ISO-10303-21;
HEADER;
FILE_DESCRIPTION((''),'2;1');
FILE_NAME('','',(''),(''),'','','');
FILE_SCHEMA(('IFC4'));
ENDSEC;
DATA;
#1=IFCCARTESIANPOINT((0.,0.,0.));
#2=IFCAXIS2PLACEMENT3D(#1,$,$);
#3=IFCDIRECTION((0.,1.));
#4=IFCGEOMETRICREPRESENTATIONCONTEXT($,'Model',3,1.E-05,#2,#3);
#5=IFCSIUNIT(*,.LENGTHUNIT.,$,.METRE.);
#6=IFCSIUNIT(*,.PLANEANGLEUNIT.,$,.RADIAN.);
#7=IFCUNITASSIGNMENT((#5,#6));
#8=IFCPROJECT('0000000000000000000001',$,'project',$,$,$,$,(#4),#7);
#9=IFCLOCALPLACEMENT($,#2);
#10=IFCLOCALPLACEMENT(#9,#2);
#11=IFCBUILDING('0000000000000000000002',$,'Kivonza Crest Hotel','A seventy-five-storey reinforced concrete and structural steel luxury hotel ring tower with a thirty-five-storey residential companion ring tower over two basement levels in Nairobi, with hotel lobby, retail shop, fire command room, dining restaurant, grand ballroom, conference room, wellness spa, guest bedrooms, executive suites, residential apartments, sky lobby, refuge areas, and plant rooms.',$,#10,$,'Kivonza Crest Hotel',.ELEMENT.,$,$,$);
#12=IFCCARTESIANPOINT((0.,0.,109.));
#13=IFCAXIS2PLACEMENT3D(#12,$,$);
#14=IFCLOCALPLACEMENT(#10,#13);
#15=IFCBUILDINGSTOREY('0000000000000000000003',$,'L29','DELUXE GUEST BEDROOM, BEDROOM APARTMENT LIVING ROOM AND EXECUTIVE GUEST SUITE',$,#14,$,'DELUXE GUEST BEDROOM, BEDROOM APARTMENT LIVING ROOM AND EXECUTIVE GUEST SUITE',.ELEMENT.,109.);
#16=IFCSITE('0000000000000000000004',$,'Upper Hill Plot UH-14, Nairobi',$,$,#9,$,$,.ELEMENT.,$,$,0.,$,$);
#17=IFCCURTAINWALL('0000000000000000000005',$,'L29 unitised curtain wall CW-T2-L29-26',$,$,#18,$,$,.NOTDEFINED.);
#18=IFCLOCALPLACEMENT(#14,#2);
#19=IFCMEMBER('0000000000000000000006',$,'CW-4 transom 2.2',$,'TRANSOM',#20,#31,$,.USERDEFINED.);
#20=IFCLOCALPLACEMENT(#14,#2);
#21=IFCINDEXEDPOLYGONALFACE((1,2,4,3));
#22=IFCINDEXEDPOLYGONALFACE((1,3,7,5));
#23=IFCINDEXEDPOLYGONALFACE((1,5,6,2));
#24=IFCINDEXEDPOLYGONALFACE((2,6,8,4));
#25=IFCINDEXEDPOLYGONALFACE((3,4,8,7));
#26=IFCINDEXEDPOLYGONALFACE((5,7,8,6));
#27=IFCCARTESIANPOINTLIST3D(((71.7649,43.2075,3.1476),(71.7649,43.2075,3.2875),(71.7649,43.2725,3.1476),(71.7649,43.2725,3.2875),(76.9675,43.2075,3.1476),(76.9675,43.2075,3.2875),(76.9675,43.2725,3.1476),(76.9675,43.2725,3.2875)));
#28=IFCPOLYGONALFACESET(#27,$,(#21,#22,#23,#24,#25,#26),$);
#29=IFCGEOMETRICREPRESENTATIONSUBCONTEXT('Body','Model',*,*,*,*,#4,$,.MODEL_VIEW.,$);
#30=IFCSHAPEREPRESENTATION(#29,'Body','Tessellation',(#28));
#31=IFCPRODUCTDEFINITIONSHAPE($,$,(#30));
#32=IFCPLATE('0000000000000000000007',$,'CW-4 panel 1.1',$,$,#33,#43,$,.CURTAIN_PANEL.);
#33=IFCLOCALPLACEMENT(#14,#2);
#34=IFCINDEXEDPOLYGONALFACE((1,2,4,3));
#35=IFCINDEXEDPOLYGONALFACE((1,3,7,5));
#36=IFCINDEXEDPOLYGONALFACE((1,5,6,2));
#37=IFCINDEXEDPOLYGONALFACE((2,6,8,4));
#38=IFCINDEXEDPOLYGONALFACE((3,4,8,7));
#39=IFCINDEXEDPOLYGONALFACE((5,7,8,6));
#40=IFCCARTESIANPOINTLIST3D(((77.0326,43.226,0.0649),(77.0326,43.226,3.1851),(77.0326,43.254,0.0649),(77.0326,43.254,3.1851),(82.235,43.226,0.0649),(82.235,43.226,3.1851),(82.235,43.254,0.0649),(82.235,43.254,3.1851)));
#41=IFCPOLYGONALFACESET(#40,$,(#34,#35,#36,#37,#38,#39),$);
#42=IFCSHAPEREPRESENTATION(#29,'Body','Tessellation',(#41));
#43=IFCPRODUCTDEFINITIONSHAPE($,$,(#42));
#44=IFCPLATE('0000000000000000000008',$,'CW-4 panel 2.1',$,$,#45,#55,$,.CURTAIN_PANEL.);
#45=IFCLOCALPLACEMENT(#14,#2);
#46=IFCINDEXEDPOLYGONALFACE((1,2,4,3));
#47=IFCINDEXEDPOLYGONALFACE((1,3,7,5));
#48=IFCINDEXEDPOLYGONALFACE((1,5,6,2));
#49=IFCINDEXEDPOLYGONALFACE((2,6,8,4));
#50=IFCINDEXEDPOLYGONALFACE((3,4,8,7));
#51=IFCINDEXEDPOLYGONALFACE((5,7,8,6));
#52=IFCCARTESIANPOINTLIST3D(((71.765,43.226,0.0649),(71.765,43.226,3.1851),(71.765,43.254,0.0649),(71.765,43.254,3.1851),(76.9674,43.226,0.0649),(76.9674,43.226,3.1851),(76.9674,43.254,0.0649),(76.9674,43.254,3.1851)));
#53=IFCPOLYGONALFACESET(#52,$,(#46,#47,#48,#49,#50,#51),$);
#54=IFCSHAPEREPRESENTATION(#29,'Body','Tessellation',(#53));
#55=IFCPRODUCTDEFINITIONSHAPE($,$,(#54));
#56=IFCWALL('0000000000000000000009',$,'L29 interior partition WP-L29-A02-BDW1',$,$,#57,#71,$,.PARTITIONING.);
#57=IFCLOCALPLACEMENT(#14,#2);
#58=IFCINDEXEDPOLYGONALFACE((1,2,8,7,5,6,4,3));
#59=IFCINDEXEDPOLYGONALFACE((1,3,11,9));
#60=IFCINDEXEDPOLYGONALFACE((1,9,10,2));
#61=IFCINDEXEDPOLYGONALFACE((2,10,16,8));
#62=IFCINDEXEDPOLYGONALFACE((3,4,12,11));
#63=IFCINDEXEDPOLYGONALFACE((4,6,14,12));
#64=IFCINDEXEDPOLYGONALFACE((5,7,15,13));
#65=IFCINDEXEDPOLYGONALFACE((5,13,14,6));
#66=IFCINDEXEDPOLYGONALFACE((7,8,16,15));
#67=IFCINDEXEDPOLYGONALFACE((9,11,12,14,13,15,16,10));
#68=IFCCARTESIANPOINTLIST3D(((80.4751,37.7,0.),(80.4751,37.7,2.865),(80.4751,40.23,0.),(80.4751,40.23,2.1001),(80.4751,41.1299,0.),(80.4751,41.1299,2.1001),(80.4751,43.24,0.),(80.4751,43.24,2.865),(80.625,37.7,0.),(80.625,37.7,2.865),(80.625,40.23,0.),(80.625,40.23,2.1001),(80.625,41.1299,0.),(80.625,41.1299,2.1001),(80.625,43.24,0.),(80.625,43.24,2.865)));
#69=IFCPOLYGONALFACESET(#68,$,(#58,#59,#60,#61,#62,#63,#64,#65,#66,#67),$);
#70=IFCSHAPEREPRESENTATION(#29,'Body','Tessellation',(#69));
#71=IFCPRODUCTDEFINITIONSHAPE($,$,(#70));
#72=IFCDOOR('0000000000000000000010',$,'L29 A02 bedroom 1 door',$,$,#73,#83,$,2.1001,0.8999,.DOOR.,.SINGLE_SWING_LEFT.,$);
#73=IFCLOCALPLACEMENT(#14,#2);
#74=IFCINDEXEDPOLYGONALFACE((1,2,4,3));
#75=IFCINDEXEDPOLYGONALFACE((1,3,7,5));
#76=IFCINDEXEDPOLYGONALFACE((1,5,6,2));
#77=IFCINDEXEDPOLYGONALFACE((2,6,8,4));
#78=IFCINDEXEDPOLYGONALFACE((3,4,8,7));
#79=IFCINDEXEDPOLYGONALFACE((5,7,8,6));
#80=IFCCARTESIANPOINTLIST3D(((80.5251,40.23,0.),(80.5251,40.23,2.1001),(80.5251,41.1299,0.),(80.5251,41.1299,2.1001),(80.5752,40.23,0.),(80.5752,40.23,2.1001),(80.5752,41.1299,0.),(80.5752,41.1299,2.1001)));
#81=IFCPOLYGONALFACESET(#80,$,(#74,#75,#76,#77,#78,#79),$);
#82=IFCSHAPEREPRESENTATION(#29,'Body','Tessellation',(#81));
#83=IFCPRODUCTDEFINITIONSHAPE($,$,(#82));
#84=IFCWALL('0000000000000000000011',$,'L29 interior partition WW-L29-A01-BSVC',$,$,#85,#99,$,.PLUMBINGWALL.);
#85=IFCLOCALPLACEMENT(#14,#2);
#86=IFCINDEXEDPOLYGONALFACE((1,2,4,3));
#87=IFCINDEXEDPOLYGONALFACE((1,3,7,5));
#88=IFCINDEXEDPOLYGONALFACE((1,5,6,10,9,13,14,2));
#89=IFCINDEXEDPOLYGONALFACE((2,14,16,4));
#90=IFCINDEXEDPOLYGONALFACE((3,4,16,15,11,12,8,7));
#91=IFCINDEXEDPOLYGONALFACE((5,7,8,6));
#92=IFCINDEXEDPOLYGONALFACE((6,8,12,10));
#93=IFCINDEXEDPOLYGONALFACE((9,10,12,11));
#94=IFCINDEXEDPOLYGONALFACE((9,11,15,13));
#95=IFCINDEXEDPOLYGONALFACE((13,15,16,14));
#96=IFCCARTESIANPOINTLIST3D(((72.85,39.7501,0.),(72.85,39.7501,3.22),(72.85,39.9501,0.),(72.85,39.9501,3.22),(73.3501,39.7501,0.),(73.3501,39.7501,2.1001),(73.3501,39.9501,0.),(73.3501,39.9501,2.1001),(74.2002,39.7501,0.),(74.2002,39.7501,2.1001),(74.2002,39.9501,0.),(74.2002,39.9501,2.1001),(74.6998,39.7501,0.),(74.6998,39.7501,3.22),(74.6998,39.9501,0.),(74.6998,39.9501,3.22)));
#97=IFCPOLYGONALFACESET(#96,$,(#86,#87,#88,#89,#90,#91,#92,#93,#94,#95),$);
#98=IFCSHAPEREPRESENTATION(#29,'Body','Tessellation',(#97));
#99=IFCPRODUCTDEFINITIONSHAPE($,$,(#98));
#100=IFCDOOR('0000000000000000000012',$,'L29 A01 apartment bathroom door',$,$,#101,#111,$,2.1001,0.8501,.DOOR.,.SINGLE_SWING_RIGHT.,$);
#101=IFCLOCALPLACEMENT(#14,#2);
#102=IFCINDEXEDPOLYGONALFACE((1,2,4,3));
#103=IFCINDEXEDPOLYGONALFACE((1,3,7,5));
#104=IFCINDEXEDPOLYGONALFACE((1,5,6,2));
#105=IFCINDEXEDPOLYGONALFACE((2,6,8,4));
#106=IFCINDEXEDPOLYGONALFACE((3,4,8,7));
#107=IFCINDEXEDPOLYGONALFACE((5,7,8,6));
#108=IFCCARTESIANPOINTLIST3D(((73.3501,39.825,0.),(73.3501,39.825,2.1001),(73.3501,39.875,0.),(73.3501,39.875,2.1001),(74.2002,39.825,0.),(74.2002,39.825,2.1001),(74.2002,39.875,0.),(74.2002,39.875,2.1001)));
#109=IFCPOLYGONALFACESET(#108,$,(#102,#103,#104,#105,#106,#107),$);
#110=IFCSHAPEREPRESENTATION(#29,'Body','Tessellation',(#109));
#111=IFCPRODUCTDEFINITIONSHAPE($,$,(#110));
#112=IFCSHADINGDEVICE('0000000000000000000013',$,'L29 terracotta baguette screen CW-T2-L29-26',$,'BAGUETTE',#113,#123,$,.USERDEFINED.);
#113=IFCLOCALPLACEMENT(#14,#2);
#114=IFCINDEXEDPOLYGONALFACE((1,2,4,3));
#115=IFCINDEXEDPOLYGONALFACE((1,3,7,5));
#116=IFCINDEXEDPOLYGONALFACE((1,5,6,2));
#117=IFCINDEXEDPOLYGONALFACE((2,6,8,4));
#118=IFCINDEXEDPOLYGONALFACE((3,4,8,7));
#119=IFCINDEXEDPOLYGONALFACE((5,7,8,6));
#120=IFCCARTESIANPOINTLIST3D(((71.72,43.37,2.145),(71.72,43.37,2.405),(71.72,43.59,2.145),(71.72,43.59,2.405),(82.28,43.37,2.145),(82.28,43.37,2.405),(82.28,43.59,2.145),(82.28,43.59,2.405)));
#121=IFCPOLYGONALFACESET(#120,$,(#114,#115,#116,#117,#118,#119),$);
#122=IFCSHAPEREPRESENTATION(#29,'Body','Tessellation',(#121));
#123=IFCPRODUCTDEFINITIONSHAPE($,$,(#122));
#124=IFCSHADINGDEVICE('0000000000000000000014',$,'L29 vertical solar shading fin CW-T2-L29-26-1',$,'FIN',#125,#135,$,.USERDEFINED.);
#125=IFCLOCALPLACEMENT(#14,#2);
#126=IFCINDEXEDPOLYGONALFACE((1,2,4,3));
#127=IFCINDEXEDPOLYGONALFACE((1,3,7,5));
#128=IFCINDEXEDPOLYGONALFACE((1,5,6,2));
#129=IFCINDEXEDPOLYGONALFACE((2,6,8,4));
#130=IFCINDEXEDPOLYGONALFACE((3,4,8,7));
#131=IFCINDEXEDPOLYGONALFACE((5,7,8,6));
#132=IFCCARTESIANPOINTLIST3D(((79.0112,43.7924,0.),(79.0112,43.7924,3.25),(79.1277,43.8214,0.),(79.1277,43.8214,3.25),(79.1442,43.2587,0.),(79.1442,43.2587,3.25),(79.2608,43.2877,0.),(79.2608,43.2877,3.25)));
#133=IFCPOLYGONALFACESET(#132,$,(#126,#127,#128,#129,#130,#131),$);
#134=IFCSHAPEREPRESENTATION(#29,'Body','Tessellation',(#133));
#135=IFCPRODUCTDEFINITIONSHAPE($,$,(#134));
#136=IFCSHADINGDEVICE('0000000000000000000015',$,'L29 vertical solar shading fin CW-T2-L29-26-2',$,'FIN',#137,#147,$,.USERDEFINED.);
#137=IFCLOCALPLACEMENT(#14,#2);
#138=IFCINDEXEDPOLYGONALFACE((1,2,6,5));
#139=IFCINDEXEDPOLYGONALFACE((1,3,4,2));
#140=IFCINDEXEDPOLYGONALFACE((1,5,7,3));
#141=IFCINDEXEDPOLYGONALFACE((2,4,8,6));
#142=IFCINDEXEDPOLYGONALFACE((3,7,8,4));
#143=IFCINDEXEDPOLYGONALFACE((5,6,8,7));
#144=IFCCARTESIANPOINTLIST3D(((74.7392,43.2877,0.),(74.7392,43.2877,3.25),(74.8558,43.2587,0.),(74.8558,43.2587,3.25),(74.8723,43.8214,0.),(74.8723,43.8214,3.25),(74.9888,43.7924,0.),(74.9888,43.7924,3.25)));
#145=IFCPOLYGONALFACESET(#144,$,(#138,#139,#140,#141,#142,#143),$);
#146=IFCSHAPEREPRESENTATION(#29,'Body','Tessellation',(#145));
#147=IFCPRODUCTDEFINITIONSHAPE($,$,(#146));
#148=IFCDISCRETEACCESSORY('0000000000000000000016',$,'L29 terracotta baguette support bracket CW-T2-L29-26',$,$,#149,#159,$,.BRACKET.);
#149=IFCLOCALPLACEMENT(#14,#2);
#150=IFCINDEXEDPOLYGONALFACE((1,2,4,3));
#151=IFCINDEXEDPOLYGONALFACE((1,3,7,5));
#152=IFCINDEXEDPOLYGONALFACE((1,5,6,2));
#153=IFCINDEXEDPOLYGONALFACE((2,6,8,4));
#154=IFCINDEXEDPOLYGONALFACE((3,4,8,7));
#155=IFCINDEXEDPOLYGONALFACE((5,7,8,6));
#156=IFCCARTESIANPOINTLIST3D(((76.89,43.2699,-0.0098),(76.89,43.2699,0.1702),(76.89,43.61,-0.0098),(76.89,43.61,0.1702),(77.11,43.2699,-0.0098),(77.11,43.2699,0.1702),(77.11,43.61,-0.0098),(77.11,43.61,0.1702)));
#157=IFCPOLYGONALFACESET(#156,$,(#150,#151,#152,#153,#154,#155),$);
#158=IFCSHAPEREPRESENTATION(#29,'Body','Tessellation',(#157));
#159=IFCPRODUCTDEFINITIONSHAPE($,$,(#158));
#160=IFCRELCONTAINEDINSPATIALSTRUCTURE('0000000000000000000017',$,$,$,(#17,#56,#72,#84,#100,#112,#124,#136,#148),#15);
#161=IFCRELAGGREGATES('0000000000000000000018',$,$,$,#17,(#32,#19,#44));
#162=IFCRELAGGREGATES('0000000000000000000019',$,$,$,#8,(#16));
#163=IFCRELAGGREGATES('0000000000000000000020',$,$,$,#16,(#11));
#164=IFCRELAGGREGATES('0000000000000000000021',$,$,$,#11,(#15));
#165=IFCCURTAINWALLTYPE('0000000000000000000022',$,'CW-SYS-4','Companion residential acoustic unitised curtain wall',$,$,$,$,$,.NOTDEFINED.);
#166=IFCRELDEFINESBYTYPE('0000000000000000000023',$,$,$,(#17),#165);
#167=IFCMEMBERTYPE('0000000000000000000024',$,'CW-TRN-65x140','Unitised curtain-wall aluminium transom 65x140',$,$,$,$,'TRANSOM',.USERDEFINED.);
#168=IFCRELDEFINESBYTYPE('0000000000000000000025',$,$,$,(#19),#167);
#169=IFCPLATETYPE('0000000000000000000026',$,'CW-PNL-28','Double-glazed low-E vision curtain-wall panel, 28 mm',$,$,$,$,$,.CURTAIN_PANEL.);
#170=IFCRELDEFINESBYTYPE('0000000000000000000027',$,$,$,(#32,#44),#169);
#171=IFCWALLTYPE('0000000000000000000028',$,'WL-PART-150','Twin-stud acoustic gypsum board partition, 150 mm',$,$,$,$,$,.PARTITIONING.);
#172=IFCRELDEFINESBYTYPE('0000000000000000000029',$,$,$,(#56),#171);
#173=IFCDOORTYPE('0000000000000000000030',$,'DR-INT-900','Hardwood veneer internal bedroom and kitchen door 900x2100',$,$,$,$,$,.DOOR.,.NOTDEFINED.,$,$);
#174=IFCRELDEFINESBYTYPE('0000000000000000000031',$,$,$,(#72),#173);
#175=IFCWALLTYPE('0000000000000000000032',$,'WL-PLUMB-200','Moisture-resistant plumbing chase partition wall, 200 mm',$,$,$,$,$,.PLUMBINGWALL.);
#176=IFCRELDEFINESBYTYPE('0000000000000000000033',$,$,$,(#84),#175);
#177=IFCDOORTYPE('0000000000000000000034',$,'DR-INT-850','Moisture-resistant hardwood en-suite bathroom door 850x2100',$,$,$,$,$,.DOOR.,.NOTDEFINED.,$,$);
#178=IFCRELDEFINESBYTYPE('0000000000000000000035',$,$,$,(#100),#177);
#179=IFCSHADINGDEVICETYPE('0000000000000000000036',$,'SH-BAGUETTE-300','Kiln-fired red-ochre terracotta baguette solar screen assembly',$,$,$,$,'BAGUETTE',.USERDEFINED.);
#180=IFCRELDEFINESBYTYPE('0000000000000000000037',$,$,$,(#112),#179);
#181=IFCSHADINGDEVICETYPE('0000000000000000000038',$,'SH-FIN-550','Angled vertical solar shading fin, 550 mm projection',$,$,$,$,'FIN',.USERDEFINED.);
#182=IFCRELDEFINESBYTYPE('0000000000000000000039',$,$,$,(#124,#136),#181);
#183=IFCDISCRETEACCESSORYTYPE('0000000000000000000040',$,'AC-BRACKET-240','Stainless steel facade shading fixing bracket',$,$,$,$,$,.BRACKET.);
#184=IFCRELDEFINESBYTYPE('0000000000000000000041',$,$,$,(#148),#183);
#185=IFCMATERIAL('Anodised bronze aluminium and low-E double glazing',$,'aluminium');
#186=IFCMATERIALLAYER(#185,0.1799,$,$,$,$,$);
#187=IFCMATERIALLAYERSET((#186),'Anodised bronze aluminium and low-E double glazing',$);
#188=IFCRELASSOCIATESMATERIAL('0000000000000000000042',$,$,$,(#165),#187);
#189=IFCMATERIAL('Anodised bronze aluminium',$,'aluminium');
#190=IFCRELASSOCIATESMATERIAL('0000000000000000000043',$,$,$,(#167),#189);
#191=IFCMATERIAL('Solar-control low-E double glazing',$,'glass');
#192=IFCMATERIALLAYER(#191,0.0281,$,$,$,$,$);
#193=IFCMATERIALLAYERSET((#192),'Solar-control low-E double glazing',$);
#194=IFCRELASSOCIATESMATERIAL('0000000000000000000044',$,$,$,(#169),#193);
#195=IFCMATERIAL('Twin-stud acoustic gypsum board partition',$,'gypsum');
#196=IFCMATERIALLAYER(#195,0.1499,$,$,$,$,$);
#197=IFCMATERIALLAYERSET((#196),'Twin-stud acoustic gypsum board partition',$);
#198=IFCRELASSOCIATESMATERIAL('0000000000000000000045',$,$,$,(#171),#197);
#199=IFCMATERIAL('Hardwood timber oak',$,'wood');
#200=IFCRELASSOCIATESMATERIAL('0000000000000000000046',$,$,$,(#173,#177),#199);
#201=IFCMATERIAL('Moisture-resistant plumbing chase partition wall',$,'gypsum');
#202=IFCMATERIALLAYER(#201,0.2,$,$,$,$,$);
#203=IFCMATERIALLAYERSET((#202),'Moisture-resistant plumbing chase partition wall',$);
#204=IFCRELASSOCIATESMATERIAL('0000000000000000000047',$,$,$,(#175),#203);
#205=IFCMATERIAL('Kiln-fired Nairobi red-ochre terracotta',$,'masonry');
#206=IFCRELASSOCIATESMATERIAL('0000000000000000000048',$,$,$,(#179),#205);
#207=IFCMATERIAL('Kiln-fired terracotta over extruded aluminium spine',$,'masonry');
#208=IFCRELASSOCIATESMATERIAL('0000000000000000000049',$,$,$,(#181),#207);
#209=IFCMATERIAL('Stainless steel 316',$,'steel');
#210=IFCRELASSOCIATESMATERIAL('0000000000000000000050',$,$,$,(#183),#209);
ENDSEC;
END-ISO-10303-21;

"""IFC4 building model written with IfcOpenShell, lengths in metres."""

from ifc_helpers import new_model, si_unit, direction, frame, frame_2d, origin, origin_2d, place, context, subcontext, project, spatial, rectangle, extrude, material, layer, layer_set, material_profile, profile_set, type_object, element, fill, aggregate, save


model = new_model("IFC4")

# Units and contexts
model_context = context("Model", 3, precision=1e-05, world=origin(), true_north=direction((0.0, 1.0)))
body_context = subcontext(model_context, "Body", "Model", "MODEL_VIEW")
ifc_project = project(units=[si_unit("LENGTHUNIT", "METRE"), si_unit("PLANEANGLEUNIT", "RADIAN")], contexts=[model_context])

# Site, building, storey
site_placement = place(None, origin())
site = spatial("IfcSite", under=ifc_project, at=site_placement, Name="Upper Hill Plot UH-14, Nairobi", CompositionType="ELEMENT", RefElevation=0.0)
building_placement = place(site_placement, origin())
building = spatial("IfcBuilding", under=site, at=building_placement, Name="Kivonza Crest Hotel", Description="A seventy-five-storey reinforced concrete and structural steel luxury hotel ring tower with a thirty-five-storey residential companion ring tower over two basement levels in Nairobi, with hotel lobby, retail shop, fire command room, dining restaurant, grand ballroom, conference room, wellness spa, guest bedrooms, executive suites, residential apartments, sky lobby, refuge areas, and plant rooms.", LongName="Kivonza Crest Hotel", CompositionType="ELEMENT")
storey_placement = place(building_placement, frame((0.0, 0.0, 109.0)))
storey = spatial("IfcBuildingStorey", under=building, at=storey_placement, Name="L29", Description="DELUXE GUEST BEDROOM, BEDROOM APARTMENT LIVING ROOM AND EXECUTIVE GUEST SUITE", LongName="DELUXE GUEST BEDROOM, BEDROOM APARTMENT LIVING ROOM AND EXECUTIVE GUEST SUITE", CompositionType="ELEMENT", Elevation=109.0)

# Curtain wall, member, plates
ifc_material_1 = material(Name="Anodised bronze aluminium and low-E double glazing", Category="aluminium")
ifc_layer_1 = layer(ifc_material_1, 0.1799)
ifc_layer_set_1 = layer_set([ifc_layer_1], Name="Anodised bronze aluminium and low-E double glazing")
curtain_wall_type = type_object("IfcCurtainWallType", Name="CW-SYS-4", Description="Companion residential acoustic unitised curtain wall", PredefinedType="NOTDEFINED", material=ifc_layer_set_1)
curtain_wall_placement = place(storey_placement, origin())
curtain_wall = element("IfcCurtainWall", 1, at=curtain_wall_placement, inside=storey, type_object=curtain_wall_type, Name="L29 unitised curtain wall CW-T2-L29-26", PredefinedType="NOTDEFINED")
ifc_material_2 = material(Name="Anodised bronze aluminium", Category="aluminium")
ifc_material_profile_1 = material_profile(ifc_material_2, rectangle(XDim=0.0649, YDim=0.1399, at=origin_2d()), Name="CW-T 65x140")
ifc_profile_set_1 = profile_set([ifc_material_profile_1], Name="Anodised bronze aluminium")
member_type_1 = type_object("IfcMemberType", Name="CW-TRN-65x140", Description="Unitised curtain-wall aluminium transom 65x140", ElementType="TRANSOM", PredefinedType="USERDEFINED", material=ifc_profile_set_1)
member_1_placement = place(storey_placement, frame((76.9675, 43.24, 3.2175), z_axis=(-1.0, 0.0, 0.0), x_axis=(0.0, -1.0, 0.0)))
member_1 = element("IfcMember", 2, at=member_1_placement, type_object=member_type_1, Name="CW-4 transom 2.2", ObjectType="TRANSOM", PredefinedType="USERDEFINED", context=body_context, shape_type="SweptSolid", body=[
    extrude(rectangle(XDim=0.0649, YDim=0.1399, at=origin_2d()), origin(), (0.0, 0.0, 1.0), 5.2026),
])
ifc_material_3 = material(Name="Solar-control low-E double glazing", Category="glass")
ifc_layer_2 = layer(ifc_material_3, 0.0281)
ifc_layer_set_2 = layer_set([ifc_layer_2], Name="Solar-control low-E double glazing")
plate_type = type_object("IfcPlateType", Name="CW-PNL-28", Description="Double-glazed low-E vision curtain-wall panel, 28 mm", PredefinedType="CURTAIN_PANEL", material=ifc_layer_set_2)
plate_1_placement = place(storey_placement, frame((79.6338, 43.24, 0.0649), z_axis=(0.0, 0.0, 1.0), x_axis=(-1.0, 0.0, 0.0)))
plate_1 = element("IfcPlate", 3, at=plate_1_placement, type_object=plate_type, Name="CW-4 panel 1.1", PredefinedType="CURTAIN_PANEL", context=body_context, shape_type="SweptSolid", body=[
    extrude(rectangle(XDim=5.2024, YDim=0.0281, at=origin_2d()), origin(), (0.0, 0.0, 1.0), 3.1201),
])
plate_2_placement = place(storey_placement, frame((74.3662, 43.24, 0.0649), z_axis=(0.0, 0.0, 1.0), x_axis=(-1.0, 0.0, 0.0)))
plate_2 = element("IfcPlate", 4, at=plate_2_placement, type_object=plate_type, Name="CW-4 panel 2.1", PredefinedType="CURTAIN_PANEL", context=body_context, shape_type="SweptSolid", body=[
    extrude(rectangle(XDim=5.2024, YDim=0.0281, at=origin_2d()), origin(), (0.0, 0.0, 1.0), 3.1201),
])
aggregate(curtain_wall, [plate_1, member_1, plate_2])

# Walls, openings, doors
ifc_material_4 = material(Name="Twin-stud acoustic gypsum board partition", Category="gypsum")
ifc_layer_3 = layer(ifc_material_4, 0.1499)
ifc_layer_set_3 = layer_set([ifc_layer_3], Name="Twin-stud acoustic gypsum board partition")
wall_type_1 = type_object("IfcWallType", Name="WL-PART-150", Description="Twin-stud acoustic gypsum board partition, 150 mm", PredefinedType="PARTITIONING", material=ifc_layer_set_3)
wall_1_placement = place(storey_placement, frame((80.55, 37.7, 0.0), z_axis=(0.0, 0.0, 1.0), x_axis=(0.0, 1.0, 0.0)))
wall_1 = element("IfcWall", 5, at=wall_1_placement, inside=storey, type_object=wall_type_1, Name="L29 interior partition WP-L29-A02-BDW1", PredefinedType="PARTITIONING", context=body_context, shape_type="SweptSolid", body=[
    extrude(rectangle(XDim=5.54, YDim=0.1499, at=frame_2d((2.77, 0.0))), origin(), (0.0, 0.0, 1.0), 2.865),
])
opening_1_placement = place(wall_1_placement, frame((2.53, 0.0, 0.0)))
opening_1 = element("IfcOpeningElement", 6, at=opening_1_placement, cuts=wall_1, PredefinedType="OPENING", context=body_context, shape_type="SweptSolid", body=[
    extrude(rectangle(XDim=0.8999, YDim=2.1001, at=frame_2d((0.45, 1.05))), frame((0.0, 0.085, 0.0), z_axis=(0.0, -1.0, 0.0), x_axis=(1.0, 0.0, 0.0)), (0.0, 0.0, 1.0), 0.1699),
])
ifc_material_5 = material(Name="Hardwood timber oak", Category="wood")
door_type_1 = type_object("IfcDoorType", Name="DR-INT-900", Description="Hardwood veneer internal bedroom and kitchen door 900x2100", OperationType="NOTDEFINED", PredefinedType="DOOR", material=ifc_material_5)
door_1_placement = place(opening_1_placement, origin())
door_1 = element("IfcDoor", 7, at=door_1_placement, inside=storey, type_object=door_type_1, Name="L29 A02 bedroom 1 door", OperationType="SINGLE_SWING_LEFT", OverallHeight=2.1001, OverallWidth=0.8999, PredefinedType="DOOR", context=body_context, shape_type="SweptSolid", body=[
    extrude(rectangle(XDim=0.8999, YDim=2.1001, at=frame_2d((0.45, 1.05))), frame((0.0, 0.0249, 0.0), z_axis=(0.0, -1.0, 0.0), x_axis=(1.0, 0.0, 0.0)), (0.0, 0.0, 1.0), 0.05),
])
fill(opening_1, door_1)
ifc_material_6 = material(Name="Moisture-resistant plumbing chase partition wall", Category="gypsum")
ifc_layer_4 = layer(ifc_material_6, 0.2)
ifc_layer_set_4 = layer_set([ifc_layer_4], Name="Moisture-resistant plumbing chase partition wall")
wall_type_2 = type_object("IfcWallType", Name="WL-PLUMB-200", Description="Moisture-resistant plumbing chase partition wall, 200 mm", PredefinedType="PLUMBINGWALL", material=ifc_layer_set_4)
wall_2_placement = place(storey_placement, frame((72.8501, 39.8501, 0.0), z_axis=(0.0, 0.0, 1.0), x_axis=(1.0, 0.0, 0.0)))
wall_2 = element("IfcWall", 8, at=wall_2_placement, inside=storey, type_object=wall_type_2, Name="L29 interior partition WW-L29-A01-BSVC", PredefinedType="PLUMBINGWALL", context=body_context, shape_type="SweptSolid", body=[
    extrude(rectangle(XDim=1.8499, YDim=0.2, at=frame_2d((0.9248, 0.0))), origin(), (0.0, 0.0, 1.0), 3.22),
])
opening_2_placement = place(wall_2_placement, frame((0.5, 0.0, 0.0)))
opening_2 = element("IfcOpeningElement", 9, at=opening_2_placement, cuts=wall_2, PredefinedType="OPENING", context=body_context, shape_type="SweptSolid", body=[
    extrude(rectangle(XDim=0.8501, YDim=2.1001, at=frame_2d((0.425, 1.05))), frame((0.0, 0.1099, 0.0), z_axis=(0.0, -1.0, 0.0), x_axis=(1.0, 0.0, 0.0)), (0.0, 0.0, 1.0), 0.22),
])
door_type_2 = type_object("IfcDoorType", Name="DR-INT-850", Description="Moisture-resistant hardwood en-suite bathroom door 850x2100", OperationType="NOTDEFINED", PredefinedType="DOOR", material=ifc_material_5)
door_2_placement = place(opening_2_placement, origin())
door_2 = element("IfcDoor", 10, at=door_2_placement, inside=storey, type_object=door_type_2, Name="L29 A01 apartment bathroom door", OperationType="SINGLE_SWING_RIGHT", OverallHeight=2.1001, OverallWidth=0.8501, PredefinedType="DOOR", context=body_context, shape_type="SweptSolid", body=[
    extrude(rectangle(XDim=0.8501, YDim=2.1001, at=frame_2d((0.425, 1.05))), frame((0.0, 0.0249, 0.0), z_axis=(0.0, -1.0, 0.0), x_axis=(1.0, 0.0, 0.0)), (0.0, 0.0, 1.0), 0.05),
])
fill(opening_2, door_2)

# Shading devices
ifc_material_7 = material(Name="Kiln-fired Nairobi red-ochre terracotta", Category="masonry")
shading_device_type_1 = type_object("IfcShadingDeviceType", Name="SH-BAGUETTE-300", Description="Kiln-fired red-ochre terracotta baguette solar screen assembly", ElementType="BAGUETTE", PredefinedType="USERDEFINED", material=ifc_material_7)
shading_device_placement = place(storey_placement, frame((77.0, 43.48, 2.145), z_axis=(0.0, 0.0, 1.0), x_axis=(-1.0, 0.0, 0.0)))
element("IfcShadingDevice", 11, at=shading_device_placement, inside=storey, type_object=shading_device_type_1, Name="L29 terracotta baguette screen CW-T2-L29-26", ObjectType="BAGUETTE", PredefinedType="USERDEFINED", context=body_context, shape_type="SweptSolid", body=[
    extrude(rectangle(XDim=10.5601, YDim=0.22, at=origin_2d()), origin(), (0.0, 0.0, 1.0), 0.26),
])
ifc_material_8 = material(Name="Kiln-fired terracotta over extruded aluminium spine", Category="masonry")
shading_device_type_2 = type_object("IfcShadingDeviceType", Name="SH-FIN-550", Description="Angled vertical solar shading fin, 550 mm projection", ElementType="FIN", PredefinedType="USERDEFINED", material=ifc_material_8)
for number, where, z_axis, x_axis, name in (
    (12, (79.136, 43.54, 0.0), (0.0, 0.0, 1.0), (-0.970296, -0.241922, 0.0), "L29 vertical solar shading fin CW-T2-L29-26-1"),
    (13, (74.864, 43.54, 0.0), (0.0, 0.0, 1.0), (-0.970296, 0.241922, 0.0), "L29 vertical solar shading fin CW-T2-L29-26-2"),
):
    element("IfcShadingDevice", number, at=place(storey_placement, frame(where, z_axis=z_axis, x_axis=x_axis)), inside=storey, type_object=shading_device_type_2, Name=name, ObjectType="FIN", PredefinedType="USERDEFINED", context=body_context, shape_type="SweptSolid", body=[
        extrude(rectangle(XDim=0.1201, YDim=0.55, at=origin_2d()), origin(), (0.0, 0.0, 1.0), 3.25),
    ])

# Discrete accessory
ifc_material_9 = material(Name="Stainless steel 316", Category="steel")
discrete_accessory_type = type_object("IfcDiscreteAccessoryType", Name="AC-BRACKET-240", Description="Stainless steel facade shading fixing bracket", PredefinedType="BRACKET", material=ifc_material_9)
discrete_accessory_placement = place(storey_placement, frame((77.0, 43.4399, -0.0098), z_axis=(0.0, 0.0, 1.0), x_axis=(-1.0, 0.0, 0.0)))
element("IfcDiscreteAccessory", 14, at=discrete_accessory_placement, inside=storey, type_object=discrete_accessory_type, Name="L29 terracotta baguette support bracket CW-T2-L29-26", PredefinedType="BRACKET", context=body_context, shape_type="SweptSolid", body=[
    extrude(rectangle(XDim=0.22, YDim=0.3401, at=origin_2d()), origin(), (0.0, 0.0, 1.0), 0.1799),
])

save(model, "model.ifc")
